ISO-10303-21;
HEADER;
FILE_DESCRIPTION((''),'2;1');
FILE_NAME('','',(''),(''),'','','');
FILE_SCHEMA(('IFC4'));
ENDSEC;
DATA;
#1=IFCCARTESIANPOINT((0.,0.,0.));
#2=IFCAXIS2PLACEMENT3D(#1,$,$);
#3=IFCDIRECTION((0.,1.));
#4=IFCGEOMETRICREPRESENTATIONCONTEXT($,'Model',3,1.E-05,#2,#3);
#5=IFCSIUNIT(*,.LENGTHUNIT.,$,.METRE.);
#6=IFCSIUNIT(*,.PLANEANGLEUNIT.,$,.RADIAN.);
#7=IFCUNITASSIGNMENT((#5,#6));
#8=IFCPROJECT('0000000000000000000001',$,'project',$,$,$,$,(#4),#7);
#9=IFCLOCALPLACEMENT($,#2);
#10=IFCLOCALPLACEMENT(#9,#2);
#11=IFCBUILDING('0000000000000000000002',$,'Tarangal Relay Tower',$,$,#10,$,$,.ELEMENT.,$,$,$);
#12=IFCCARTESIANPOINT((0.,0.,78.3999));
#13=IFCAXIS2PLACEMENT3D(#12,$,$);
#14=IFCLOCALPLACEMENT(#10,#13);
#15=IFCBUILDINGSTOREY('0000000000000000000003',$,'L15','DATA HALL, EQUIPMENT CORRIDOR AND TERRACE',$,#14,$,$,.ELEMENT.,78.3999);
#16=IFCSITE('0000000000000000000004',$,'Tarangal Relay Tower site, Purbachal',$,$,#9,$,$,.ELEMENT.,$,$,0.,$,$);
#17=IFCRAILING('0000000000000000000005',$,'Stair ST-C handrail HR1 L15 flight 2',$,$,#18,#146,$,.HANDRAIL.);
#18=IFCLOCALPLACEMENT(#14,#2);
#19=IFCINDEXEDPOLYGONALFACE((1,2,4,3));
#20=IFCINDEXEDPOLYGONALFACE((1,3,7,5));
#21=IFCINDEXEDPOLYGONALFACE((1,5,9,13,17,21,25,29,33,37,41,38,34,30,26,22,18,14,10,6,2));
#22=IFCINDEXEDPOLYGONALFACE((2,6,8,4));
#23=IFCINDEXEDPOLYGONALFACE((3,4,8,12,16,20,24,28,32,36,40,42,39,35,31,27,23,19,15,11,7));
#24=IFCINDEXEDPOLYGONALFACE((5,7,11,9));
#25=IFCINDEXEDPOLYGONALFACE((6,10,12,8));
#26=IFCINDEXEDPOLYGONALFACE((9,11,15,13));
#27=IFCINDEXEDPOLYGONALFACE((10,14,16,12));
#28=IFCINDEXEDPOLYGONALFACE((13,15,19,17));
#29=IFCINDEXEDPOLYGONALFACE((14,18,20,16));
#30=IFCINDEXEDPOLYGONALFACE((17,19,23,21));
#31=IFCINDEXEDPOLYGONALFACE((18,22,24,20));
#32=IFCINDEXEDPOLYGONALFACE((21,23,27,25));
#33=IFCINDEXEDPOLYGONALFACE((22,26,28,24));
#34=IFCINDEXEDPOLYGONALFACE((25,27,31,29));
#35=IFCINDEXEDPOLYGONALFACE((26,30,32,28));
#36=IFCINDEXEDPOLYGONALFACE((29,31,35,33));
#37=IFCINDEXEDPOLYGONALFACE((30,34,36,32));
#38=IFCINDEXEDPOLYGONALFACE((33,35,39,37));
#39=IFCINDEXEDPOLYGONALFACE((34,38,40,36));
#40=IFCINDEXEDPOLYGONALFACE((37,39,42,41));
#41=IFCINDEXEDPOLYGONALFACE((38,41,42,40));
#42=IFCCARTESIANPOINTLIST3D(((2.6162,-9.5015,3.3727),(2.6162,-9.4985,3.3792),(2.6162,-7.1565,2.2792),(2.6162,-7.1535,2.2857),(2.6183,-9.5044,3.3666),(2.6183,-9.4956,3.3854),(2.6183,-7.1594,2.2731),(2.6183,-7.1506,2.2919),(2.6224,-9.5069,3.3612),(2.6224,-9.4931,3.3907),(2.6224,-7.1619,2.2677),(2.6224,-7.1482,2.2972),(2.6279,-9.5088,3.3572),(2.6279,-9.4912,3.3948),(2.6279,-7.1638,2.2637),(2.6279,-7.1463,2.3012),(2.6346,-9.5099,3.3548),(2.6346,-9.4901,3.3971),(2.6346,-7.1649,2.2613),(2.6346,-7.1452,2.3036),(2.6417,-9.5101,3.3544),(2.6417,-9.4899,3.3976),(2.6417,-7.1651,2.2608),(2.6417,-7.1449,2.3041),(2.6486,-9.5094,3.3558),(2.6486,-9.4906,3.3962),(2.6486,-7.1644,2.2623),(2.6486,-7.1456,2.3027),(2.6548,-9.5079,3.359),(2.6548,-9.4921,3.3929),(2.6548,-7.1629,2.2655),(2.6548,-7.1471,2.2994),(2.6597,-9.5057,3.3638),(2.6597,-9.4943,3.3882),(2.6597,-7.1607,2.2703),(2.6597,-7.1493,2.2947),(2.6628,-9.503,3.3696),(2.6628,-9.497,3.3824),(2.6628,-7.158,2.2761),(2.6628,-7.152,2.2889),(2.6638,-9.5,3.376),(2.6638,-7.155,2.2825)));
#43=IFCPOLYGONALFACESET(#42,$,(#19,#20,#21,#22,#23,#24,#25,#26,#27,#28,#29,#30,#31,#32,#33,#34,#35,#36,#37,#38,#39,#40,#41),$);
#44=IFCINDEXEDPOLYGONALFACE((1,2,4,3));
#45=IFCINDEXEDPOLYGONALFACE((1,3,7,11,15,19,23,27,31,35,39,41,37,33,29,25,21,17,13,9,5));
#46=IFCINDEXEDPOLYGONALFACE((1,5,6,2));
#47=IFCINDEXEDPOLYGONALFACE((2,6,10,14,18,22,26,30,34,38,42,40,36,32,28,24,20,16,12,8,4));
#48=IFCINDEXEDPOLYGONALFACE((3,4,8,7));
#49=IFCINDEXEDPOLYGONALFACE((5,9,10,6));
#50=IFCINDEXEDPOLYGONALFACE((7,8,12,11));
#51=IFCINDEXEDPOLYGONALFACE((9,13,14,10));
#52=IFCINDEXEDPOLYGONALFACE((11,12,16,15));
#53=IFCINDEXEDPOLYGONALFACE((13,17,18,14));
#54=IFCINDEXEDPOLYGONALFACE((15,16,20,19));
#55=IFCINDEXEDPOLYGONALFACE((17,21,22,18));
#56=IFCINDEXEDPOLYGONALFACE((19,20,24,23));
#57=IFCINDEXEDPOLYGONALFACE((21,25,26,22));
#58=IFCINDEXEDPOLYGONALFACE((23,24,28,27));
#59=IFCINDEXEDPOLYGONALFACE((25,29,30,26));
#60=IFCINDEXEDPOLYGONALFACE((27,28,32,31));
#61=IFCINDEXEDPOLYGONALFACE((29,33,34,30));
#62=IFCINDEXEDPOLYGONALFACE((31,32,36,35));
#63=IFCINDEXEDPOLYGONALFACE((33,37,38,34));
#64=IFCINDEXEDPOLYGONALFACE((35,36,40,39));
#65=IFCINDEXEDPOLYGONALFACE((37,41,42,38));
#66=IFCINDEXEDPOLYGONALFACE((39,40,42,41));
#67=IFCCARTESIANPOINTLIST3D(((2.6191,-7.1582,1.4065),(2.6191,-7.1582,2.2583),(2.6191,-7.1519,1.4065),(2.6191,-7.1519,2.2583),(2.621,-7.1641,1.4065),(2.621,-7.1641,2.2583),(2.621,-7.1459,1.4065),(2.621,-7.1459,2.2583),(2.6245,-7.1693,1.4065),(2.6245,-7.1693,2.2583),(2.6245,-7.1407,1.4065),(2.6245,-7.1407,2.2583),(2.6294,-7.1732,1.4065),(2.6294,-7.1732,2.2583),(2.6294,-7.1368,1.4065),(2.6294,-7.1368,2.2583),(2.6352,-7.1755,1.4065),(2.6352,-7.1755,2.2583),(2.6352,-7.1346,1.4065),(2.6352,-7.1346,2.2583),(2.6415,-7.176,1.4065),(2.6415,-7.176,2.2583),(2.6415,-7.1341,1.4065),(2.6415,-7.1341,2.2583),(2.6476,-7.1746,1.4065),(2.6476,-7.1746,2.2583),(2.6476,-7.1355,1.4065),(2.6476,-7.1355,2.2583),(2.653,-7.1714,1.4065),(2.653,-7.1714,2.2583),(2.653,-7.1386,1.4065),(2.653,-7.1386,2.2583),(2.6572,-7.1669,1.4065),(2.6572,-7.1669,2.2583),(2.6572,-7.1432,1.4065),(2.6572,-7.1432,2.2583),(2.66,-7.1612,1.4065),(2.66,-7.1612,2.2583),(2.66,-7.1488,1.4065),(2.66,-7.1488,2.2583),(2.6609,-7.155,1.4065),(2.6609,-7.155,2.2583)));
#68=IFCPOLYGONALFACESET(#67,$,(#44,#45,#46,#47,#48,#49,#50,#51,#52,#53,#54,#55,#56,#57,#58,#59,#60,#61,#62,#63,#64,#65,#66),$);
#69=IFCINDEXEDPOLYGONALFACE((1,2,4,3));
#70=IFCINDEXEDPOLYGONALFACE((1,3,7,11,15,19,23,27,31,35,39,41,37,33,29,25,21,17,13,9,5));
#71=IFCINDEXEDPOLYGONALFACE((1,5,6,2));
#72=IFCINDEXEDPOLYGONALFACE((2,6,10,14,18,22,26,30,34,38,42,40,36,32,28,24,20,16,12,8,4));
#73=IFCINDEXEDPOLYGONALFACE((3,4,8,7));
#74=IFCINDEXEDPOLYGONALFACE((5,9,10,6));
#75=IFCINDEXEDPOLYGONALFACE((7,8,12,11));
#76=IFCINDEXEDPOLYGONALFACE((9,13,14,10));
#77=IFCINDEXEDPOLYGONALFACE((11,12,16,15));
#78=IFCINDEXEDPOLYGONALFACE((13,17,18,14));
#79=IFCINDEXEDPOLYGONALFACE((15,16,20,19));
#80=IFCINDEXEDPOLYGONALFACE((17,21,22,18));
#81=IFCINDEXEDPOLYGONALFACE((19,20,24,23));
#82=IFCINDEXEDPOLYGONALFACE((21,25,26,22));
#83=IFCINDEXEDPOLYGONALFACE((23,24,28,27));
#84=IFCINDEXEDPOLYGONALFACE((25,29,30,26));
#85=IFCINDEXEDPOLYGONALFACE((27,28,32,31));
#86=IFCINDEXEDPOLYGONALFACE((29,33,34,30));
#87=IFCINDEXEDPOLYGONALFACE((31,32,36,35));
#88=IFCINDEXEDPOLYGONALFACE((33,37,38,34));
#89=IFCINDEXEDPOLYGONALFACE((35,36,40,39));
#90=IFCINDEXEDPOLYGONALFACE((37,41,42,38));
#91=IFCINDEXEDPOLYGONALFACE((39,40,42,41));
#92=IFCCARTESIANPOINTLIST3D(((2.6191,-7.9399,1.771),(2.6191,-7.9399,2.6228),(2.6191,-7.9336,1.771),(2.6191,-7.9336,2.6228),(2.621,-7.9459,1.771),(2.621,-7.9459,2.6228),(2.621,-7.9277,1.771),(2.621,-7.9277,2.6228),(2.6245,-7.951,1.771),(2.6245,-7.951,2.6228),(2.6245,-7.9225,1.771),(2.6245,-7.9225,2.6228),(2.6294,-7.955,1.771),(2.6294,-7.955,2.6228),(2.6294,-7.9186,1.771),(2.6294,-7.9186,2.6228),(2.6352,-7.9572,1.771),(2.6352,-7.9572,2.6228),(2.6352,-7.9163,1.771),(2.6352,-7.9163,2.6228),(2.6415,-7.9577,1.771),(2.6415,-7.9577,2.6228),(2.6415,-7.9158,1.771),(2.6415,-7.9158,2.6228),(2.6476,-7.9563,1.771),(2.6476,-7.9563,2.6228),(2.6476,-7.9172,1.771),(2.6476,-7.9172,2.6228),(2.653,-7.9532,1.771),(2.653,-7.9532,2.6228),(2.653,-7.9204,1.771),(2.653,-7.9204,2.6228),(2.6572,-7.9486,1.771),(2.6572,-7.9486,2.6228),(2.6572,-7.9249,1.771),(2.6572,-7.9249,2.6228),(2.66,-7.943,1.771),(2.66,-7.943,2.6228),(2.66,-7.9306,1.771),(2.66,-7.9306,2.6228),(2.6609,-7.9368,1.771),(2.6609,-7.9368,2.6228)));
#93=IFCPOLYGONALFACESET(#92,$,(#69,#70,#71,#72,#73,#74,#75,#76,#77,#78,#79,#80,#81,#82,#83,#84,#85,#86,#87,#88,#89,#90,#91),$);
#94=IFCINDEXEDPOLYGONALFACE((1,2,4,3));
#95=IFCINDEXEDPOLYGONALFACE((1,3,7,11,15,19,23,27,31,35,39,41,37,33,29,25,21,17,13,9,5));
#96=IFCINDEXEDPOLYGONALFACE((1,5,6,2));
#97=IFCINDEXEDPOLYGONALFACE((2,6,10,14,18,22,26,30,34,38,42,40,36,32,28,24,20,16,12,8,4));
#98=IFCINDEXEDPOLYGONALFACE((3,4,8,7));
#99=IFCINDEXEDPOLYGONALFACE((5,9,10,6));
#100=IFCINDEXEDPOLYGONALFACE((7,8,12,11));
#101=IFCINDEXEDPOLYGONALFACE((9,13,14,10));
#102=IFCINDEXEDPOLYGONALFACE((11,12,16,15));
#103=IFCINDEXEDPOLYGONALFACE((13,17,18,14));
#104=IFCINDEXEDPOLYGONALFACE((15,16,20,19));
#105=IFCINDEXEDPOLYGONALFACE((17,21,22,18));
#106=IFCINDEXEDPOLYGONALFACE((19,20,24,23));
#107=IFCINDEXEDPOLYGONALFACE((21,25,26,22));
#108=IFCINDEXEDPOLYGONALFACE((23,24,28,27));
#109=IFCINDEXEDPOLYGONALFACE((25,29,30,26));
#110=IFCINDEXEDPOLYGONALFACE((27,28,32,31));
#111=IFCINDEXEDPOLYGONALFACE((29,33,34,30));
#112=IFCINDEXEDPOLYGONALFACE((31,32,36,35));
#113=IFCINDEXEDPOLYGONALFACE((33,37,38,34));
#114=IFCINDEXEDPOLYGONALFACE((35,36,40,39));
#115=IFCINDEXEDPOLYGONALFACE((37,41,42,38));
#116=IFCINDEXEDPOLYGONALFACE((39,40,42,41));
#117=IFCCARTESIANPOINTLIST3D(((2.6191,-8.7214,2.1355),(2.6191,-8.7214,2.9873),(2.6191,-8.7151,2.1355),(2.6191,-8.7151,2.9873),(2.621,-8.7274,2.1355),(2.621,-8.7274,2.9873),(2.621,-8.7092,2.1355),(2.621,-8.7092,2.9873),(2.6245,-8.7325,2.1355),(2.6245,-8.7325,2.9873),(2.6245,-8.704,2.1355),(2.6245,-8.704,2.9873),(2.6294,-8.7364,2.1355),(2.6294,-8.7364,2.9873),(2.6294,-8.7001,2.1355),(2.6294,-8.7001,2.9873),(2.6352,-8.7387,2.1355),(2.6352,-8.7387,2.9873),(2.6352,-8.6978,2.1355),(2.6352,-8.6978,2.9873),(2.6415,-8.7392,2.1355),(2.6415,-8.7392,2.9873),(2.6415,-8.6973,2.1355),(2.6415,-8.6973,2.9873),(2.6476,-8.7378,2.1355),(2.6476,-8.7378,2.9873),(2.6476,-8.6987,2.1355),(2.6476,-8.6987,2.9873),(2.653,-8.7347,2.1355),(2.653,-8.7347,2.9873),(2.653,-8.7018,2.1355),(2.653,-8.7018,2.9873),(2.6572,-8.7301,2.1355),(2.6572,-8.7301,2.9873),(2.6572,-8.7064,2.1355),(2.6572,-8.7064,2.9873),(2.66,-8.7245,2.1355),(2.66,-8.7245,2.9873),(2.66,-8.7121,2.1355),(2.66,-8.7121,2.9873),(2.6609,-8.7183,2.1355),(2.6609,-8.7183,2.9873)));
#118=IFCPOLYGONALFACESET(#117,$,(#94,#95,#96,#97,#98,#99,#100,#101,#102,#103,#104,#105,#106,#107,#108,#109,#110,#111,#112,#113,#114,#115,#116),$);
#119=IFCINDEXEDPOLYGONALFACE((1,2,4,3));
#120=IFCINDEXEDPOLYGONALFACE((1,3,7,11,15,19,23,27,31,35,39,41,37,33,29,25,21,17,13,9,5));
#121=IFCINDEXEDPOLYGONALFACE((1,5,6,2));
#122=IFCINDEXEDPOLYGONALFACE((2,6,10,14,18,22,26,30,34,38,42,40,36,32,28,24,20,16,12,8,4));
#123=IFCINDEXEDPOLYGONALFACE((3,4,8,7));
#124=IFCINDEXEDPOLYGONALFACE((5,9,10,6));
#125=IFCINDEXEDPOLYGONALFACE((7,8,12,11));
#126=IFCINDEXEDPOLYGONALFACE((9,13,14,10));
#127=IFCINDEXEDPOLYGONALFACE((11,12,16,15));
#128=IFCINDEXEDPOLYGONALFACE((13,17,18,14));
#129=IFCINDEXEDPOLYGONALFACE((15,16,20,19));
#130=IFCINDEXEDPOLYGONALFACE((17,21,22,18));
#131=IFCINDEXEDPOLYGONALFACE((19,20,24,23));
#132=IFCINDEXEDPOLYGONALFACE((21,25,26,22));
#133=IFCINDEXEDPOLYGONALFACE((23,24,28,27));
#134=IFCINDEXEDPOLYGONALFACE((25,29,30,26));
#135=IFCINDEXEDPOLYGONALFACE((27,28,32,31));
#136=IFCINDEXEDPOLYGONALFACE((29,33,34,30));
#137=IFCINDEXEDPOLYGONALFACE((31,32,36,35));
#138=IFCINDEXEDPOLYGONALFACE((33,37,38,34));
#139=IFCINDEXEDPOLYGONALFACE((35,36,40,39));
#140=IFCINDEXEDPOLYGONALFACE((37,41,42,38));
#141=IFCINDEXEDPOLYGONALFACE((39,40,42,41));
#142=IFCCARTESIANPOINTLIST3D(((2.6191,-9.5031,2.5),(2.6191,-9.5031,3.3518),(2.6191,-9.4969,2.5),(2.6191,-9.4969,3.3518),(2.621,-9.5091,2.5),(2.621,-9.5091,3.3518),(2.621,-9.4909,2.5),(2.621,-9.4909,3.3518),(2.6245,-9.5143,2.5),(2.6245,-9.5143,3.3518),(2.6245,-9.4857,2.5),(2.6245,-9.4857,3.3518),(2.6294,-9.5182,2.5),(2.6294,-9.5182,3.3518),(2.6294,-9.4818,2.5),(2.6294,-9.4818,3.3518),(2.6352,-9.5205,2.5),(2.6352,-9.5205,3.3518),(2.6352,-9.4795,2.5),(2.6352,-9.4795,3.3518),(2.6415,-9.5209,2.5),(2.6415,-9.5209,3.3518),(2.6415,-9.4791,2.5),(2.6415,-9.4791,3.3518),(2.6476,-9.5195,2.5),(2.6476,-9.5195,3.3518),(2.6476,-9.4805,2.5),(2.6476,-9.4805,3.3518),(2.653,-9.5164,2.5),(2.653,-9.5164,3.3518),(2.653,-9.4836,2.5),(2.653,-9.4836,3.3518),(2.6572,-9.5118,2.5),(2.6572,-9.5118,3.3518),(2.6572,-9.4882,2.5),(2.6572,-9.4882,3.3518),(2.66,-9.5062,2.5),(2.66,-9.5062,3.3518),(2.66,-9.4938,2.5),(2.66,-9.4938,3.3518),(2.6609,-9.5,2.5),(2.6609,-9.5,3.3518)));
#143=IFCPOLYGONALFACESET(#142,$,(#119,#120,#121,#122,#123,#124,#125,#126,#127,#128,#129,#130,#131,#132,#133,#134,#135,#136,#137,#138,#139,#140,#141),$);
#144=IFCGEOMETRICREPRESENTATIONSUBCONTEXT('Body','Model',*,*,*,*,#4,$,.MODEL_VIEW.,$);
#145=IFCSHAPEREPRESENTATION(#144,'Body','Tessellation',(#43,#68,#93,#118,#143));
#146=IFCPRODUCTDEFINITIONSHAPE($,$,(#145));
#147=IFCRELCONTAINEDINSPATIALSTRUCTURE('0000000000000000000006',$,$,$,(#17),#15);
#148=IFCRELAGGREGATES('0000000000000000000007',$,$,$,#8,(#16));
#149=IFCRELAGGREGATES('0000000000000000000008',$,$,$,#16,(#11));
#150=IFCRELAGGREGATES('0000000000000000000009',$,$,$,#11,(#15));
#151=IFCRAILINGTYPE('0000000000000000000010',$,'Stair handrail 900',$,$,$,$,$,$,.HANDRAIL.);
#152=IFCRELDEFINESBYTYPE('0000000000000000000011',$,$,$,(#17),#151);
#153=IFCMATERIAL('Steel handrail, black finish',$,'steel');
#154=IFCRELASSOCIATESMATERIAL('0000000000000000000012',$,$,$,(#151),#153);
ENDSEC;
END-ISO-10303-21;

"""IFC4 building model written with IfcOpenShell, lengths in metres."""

from ifc_helpers import new_model, si_unit, direction, frame, origin, origin_2d, place, context, subcontext, project, spatial, circle, extrude, material, type_object, element, save


model = new_model("IFC4")

# Units and contexts
model_context = context("Model", 3, precision=1e-05, world=origin(), true_north=direction((0.0, 1.0)))
body_context = subcontext(model_context, "Body", "Model", "MODEL_VIEW")
ifc_project = project(units=[si_unit("LENGTHUNIT", "METRE"), si_unit("PLANEANGLEUNIT", "RADIAN")], contexts=[model_context])

# Site, building, storey
site_placement = place(None, origin())
site = spatial("IfcSite", under=ifc_project, at=site_placement, Name="Tarangal Relay Tower site, Purbachal", CompositionType="ELEMENT", RefElevation=0.0)
building_placement = place(site_placement, origin())
building = spatial("IfcBuilding", under=site, at=building_placement, Name="Tarangal Relay Tower", CompositionType="ELEMENT")
storey_placement = place(building_placement, frame((0.0, 0.0, 78.3999)))
storey = spatial("IfcBuildingStorey", under=building, at=storey_placement, Name="L15", Description="DATA HALL, EQUIPMENT CORRIDOR AND TERRACE", CompositionType="ELEMENT", Elevation=78.3999)

# Railing
ifc_material_1 = material(Name="Steel handrail, black finish", Category="steel")
railing_type_1 = type_object("IfcRailingType", Name="Stair handrail 900", PredefinedType="HANDRAIL", material=ifc_material_1)
for number, where, name in (
    (1, (2.6399, -7.155, 1.4065), "Stair ST-C handrail HR1 L15 flight 2"),
):
    element("IfcRailing", number, at=place(storey_placement, frame(where)), inside=storey, type_object=railing_type_1, Name=name, PredefinedType="HANDRAIL", context=body_context, shape_type="SweptSolid", body=[
        extrude(circle(Radius=0.0239, at=origin_2d()), frame((0.0, 0.0, 0.876), z_axis=(0.0, -0.906304, 0.422627), x_axis=(1.0, 0.0, 0.0)), (0.0, 0.0, 1.0), 2.5874),
        extrude(circle(Radius=0.021, at=origin_2d()), origin(), (0.0, 0.0, 1.0), 0.8518),
        extrude(circle(Radius=0.021, at=origin_2d()), frame((0.0, -0.7817, 0.3645)), (0.0, 0.0, 1.0), 0.8518),
        extrude(circle(Radius=0.021, at=origin_2d()), frame((0.0, -1.5632, 0.729)), (0.0, 0.0, 1.0), 0.8518),
        extrude(circle(Radius=0.021, at=origin_2d()), frame((0.0, -2.345, 1.0935)), (0.0, 0.0, 1.0), 0.8518),
    ])

save(model, "model.ifc")
